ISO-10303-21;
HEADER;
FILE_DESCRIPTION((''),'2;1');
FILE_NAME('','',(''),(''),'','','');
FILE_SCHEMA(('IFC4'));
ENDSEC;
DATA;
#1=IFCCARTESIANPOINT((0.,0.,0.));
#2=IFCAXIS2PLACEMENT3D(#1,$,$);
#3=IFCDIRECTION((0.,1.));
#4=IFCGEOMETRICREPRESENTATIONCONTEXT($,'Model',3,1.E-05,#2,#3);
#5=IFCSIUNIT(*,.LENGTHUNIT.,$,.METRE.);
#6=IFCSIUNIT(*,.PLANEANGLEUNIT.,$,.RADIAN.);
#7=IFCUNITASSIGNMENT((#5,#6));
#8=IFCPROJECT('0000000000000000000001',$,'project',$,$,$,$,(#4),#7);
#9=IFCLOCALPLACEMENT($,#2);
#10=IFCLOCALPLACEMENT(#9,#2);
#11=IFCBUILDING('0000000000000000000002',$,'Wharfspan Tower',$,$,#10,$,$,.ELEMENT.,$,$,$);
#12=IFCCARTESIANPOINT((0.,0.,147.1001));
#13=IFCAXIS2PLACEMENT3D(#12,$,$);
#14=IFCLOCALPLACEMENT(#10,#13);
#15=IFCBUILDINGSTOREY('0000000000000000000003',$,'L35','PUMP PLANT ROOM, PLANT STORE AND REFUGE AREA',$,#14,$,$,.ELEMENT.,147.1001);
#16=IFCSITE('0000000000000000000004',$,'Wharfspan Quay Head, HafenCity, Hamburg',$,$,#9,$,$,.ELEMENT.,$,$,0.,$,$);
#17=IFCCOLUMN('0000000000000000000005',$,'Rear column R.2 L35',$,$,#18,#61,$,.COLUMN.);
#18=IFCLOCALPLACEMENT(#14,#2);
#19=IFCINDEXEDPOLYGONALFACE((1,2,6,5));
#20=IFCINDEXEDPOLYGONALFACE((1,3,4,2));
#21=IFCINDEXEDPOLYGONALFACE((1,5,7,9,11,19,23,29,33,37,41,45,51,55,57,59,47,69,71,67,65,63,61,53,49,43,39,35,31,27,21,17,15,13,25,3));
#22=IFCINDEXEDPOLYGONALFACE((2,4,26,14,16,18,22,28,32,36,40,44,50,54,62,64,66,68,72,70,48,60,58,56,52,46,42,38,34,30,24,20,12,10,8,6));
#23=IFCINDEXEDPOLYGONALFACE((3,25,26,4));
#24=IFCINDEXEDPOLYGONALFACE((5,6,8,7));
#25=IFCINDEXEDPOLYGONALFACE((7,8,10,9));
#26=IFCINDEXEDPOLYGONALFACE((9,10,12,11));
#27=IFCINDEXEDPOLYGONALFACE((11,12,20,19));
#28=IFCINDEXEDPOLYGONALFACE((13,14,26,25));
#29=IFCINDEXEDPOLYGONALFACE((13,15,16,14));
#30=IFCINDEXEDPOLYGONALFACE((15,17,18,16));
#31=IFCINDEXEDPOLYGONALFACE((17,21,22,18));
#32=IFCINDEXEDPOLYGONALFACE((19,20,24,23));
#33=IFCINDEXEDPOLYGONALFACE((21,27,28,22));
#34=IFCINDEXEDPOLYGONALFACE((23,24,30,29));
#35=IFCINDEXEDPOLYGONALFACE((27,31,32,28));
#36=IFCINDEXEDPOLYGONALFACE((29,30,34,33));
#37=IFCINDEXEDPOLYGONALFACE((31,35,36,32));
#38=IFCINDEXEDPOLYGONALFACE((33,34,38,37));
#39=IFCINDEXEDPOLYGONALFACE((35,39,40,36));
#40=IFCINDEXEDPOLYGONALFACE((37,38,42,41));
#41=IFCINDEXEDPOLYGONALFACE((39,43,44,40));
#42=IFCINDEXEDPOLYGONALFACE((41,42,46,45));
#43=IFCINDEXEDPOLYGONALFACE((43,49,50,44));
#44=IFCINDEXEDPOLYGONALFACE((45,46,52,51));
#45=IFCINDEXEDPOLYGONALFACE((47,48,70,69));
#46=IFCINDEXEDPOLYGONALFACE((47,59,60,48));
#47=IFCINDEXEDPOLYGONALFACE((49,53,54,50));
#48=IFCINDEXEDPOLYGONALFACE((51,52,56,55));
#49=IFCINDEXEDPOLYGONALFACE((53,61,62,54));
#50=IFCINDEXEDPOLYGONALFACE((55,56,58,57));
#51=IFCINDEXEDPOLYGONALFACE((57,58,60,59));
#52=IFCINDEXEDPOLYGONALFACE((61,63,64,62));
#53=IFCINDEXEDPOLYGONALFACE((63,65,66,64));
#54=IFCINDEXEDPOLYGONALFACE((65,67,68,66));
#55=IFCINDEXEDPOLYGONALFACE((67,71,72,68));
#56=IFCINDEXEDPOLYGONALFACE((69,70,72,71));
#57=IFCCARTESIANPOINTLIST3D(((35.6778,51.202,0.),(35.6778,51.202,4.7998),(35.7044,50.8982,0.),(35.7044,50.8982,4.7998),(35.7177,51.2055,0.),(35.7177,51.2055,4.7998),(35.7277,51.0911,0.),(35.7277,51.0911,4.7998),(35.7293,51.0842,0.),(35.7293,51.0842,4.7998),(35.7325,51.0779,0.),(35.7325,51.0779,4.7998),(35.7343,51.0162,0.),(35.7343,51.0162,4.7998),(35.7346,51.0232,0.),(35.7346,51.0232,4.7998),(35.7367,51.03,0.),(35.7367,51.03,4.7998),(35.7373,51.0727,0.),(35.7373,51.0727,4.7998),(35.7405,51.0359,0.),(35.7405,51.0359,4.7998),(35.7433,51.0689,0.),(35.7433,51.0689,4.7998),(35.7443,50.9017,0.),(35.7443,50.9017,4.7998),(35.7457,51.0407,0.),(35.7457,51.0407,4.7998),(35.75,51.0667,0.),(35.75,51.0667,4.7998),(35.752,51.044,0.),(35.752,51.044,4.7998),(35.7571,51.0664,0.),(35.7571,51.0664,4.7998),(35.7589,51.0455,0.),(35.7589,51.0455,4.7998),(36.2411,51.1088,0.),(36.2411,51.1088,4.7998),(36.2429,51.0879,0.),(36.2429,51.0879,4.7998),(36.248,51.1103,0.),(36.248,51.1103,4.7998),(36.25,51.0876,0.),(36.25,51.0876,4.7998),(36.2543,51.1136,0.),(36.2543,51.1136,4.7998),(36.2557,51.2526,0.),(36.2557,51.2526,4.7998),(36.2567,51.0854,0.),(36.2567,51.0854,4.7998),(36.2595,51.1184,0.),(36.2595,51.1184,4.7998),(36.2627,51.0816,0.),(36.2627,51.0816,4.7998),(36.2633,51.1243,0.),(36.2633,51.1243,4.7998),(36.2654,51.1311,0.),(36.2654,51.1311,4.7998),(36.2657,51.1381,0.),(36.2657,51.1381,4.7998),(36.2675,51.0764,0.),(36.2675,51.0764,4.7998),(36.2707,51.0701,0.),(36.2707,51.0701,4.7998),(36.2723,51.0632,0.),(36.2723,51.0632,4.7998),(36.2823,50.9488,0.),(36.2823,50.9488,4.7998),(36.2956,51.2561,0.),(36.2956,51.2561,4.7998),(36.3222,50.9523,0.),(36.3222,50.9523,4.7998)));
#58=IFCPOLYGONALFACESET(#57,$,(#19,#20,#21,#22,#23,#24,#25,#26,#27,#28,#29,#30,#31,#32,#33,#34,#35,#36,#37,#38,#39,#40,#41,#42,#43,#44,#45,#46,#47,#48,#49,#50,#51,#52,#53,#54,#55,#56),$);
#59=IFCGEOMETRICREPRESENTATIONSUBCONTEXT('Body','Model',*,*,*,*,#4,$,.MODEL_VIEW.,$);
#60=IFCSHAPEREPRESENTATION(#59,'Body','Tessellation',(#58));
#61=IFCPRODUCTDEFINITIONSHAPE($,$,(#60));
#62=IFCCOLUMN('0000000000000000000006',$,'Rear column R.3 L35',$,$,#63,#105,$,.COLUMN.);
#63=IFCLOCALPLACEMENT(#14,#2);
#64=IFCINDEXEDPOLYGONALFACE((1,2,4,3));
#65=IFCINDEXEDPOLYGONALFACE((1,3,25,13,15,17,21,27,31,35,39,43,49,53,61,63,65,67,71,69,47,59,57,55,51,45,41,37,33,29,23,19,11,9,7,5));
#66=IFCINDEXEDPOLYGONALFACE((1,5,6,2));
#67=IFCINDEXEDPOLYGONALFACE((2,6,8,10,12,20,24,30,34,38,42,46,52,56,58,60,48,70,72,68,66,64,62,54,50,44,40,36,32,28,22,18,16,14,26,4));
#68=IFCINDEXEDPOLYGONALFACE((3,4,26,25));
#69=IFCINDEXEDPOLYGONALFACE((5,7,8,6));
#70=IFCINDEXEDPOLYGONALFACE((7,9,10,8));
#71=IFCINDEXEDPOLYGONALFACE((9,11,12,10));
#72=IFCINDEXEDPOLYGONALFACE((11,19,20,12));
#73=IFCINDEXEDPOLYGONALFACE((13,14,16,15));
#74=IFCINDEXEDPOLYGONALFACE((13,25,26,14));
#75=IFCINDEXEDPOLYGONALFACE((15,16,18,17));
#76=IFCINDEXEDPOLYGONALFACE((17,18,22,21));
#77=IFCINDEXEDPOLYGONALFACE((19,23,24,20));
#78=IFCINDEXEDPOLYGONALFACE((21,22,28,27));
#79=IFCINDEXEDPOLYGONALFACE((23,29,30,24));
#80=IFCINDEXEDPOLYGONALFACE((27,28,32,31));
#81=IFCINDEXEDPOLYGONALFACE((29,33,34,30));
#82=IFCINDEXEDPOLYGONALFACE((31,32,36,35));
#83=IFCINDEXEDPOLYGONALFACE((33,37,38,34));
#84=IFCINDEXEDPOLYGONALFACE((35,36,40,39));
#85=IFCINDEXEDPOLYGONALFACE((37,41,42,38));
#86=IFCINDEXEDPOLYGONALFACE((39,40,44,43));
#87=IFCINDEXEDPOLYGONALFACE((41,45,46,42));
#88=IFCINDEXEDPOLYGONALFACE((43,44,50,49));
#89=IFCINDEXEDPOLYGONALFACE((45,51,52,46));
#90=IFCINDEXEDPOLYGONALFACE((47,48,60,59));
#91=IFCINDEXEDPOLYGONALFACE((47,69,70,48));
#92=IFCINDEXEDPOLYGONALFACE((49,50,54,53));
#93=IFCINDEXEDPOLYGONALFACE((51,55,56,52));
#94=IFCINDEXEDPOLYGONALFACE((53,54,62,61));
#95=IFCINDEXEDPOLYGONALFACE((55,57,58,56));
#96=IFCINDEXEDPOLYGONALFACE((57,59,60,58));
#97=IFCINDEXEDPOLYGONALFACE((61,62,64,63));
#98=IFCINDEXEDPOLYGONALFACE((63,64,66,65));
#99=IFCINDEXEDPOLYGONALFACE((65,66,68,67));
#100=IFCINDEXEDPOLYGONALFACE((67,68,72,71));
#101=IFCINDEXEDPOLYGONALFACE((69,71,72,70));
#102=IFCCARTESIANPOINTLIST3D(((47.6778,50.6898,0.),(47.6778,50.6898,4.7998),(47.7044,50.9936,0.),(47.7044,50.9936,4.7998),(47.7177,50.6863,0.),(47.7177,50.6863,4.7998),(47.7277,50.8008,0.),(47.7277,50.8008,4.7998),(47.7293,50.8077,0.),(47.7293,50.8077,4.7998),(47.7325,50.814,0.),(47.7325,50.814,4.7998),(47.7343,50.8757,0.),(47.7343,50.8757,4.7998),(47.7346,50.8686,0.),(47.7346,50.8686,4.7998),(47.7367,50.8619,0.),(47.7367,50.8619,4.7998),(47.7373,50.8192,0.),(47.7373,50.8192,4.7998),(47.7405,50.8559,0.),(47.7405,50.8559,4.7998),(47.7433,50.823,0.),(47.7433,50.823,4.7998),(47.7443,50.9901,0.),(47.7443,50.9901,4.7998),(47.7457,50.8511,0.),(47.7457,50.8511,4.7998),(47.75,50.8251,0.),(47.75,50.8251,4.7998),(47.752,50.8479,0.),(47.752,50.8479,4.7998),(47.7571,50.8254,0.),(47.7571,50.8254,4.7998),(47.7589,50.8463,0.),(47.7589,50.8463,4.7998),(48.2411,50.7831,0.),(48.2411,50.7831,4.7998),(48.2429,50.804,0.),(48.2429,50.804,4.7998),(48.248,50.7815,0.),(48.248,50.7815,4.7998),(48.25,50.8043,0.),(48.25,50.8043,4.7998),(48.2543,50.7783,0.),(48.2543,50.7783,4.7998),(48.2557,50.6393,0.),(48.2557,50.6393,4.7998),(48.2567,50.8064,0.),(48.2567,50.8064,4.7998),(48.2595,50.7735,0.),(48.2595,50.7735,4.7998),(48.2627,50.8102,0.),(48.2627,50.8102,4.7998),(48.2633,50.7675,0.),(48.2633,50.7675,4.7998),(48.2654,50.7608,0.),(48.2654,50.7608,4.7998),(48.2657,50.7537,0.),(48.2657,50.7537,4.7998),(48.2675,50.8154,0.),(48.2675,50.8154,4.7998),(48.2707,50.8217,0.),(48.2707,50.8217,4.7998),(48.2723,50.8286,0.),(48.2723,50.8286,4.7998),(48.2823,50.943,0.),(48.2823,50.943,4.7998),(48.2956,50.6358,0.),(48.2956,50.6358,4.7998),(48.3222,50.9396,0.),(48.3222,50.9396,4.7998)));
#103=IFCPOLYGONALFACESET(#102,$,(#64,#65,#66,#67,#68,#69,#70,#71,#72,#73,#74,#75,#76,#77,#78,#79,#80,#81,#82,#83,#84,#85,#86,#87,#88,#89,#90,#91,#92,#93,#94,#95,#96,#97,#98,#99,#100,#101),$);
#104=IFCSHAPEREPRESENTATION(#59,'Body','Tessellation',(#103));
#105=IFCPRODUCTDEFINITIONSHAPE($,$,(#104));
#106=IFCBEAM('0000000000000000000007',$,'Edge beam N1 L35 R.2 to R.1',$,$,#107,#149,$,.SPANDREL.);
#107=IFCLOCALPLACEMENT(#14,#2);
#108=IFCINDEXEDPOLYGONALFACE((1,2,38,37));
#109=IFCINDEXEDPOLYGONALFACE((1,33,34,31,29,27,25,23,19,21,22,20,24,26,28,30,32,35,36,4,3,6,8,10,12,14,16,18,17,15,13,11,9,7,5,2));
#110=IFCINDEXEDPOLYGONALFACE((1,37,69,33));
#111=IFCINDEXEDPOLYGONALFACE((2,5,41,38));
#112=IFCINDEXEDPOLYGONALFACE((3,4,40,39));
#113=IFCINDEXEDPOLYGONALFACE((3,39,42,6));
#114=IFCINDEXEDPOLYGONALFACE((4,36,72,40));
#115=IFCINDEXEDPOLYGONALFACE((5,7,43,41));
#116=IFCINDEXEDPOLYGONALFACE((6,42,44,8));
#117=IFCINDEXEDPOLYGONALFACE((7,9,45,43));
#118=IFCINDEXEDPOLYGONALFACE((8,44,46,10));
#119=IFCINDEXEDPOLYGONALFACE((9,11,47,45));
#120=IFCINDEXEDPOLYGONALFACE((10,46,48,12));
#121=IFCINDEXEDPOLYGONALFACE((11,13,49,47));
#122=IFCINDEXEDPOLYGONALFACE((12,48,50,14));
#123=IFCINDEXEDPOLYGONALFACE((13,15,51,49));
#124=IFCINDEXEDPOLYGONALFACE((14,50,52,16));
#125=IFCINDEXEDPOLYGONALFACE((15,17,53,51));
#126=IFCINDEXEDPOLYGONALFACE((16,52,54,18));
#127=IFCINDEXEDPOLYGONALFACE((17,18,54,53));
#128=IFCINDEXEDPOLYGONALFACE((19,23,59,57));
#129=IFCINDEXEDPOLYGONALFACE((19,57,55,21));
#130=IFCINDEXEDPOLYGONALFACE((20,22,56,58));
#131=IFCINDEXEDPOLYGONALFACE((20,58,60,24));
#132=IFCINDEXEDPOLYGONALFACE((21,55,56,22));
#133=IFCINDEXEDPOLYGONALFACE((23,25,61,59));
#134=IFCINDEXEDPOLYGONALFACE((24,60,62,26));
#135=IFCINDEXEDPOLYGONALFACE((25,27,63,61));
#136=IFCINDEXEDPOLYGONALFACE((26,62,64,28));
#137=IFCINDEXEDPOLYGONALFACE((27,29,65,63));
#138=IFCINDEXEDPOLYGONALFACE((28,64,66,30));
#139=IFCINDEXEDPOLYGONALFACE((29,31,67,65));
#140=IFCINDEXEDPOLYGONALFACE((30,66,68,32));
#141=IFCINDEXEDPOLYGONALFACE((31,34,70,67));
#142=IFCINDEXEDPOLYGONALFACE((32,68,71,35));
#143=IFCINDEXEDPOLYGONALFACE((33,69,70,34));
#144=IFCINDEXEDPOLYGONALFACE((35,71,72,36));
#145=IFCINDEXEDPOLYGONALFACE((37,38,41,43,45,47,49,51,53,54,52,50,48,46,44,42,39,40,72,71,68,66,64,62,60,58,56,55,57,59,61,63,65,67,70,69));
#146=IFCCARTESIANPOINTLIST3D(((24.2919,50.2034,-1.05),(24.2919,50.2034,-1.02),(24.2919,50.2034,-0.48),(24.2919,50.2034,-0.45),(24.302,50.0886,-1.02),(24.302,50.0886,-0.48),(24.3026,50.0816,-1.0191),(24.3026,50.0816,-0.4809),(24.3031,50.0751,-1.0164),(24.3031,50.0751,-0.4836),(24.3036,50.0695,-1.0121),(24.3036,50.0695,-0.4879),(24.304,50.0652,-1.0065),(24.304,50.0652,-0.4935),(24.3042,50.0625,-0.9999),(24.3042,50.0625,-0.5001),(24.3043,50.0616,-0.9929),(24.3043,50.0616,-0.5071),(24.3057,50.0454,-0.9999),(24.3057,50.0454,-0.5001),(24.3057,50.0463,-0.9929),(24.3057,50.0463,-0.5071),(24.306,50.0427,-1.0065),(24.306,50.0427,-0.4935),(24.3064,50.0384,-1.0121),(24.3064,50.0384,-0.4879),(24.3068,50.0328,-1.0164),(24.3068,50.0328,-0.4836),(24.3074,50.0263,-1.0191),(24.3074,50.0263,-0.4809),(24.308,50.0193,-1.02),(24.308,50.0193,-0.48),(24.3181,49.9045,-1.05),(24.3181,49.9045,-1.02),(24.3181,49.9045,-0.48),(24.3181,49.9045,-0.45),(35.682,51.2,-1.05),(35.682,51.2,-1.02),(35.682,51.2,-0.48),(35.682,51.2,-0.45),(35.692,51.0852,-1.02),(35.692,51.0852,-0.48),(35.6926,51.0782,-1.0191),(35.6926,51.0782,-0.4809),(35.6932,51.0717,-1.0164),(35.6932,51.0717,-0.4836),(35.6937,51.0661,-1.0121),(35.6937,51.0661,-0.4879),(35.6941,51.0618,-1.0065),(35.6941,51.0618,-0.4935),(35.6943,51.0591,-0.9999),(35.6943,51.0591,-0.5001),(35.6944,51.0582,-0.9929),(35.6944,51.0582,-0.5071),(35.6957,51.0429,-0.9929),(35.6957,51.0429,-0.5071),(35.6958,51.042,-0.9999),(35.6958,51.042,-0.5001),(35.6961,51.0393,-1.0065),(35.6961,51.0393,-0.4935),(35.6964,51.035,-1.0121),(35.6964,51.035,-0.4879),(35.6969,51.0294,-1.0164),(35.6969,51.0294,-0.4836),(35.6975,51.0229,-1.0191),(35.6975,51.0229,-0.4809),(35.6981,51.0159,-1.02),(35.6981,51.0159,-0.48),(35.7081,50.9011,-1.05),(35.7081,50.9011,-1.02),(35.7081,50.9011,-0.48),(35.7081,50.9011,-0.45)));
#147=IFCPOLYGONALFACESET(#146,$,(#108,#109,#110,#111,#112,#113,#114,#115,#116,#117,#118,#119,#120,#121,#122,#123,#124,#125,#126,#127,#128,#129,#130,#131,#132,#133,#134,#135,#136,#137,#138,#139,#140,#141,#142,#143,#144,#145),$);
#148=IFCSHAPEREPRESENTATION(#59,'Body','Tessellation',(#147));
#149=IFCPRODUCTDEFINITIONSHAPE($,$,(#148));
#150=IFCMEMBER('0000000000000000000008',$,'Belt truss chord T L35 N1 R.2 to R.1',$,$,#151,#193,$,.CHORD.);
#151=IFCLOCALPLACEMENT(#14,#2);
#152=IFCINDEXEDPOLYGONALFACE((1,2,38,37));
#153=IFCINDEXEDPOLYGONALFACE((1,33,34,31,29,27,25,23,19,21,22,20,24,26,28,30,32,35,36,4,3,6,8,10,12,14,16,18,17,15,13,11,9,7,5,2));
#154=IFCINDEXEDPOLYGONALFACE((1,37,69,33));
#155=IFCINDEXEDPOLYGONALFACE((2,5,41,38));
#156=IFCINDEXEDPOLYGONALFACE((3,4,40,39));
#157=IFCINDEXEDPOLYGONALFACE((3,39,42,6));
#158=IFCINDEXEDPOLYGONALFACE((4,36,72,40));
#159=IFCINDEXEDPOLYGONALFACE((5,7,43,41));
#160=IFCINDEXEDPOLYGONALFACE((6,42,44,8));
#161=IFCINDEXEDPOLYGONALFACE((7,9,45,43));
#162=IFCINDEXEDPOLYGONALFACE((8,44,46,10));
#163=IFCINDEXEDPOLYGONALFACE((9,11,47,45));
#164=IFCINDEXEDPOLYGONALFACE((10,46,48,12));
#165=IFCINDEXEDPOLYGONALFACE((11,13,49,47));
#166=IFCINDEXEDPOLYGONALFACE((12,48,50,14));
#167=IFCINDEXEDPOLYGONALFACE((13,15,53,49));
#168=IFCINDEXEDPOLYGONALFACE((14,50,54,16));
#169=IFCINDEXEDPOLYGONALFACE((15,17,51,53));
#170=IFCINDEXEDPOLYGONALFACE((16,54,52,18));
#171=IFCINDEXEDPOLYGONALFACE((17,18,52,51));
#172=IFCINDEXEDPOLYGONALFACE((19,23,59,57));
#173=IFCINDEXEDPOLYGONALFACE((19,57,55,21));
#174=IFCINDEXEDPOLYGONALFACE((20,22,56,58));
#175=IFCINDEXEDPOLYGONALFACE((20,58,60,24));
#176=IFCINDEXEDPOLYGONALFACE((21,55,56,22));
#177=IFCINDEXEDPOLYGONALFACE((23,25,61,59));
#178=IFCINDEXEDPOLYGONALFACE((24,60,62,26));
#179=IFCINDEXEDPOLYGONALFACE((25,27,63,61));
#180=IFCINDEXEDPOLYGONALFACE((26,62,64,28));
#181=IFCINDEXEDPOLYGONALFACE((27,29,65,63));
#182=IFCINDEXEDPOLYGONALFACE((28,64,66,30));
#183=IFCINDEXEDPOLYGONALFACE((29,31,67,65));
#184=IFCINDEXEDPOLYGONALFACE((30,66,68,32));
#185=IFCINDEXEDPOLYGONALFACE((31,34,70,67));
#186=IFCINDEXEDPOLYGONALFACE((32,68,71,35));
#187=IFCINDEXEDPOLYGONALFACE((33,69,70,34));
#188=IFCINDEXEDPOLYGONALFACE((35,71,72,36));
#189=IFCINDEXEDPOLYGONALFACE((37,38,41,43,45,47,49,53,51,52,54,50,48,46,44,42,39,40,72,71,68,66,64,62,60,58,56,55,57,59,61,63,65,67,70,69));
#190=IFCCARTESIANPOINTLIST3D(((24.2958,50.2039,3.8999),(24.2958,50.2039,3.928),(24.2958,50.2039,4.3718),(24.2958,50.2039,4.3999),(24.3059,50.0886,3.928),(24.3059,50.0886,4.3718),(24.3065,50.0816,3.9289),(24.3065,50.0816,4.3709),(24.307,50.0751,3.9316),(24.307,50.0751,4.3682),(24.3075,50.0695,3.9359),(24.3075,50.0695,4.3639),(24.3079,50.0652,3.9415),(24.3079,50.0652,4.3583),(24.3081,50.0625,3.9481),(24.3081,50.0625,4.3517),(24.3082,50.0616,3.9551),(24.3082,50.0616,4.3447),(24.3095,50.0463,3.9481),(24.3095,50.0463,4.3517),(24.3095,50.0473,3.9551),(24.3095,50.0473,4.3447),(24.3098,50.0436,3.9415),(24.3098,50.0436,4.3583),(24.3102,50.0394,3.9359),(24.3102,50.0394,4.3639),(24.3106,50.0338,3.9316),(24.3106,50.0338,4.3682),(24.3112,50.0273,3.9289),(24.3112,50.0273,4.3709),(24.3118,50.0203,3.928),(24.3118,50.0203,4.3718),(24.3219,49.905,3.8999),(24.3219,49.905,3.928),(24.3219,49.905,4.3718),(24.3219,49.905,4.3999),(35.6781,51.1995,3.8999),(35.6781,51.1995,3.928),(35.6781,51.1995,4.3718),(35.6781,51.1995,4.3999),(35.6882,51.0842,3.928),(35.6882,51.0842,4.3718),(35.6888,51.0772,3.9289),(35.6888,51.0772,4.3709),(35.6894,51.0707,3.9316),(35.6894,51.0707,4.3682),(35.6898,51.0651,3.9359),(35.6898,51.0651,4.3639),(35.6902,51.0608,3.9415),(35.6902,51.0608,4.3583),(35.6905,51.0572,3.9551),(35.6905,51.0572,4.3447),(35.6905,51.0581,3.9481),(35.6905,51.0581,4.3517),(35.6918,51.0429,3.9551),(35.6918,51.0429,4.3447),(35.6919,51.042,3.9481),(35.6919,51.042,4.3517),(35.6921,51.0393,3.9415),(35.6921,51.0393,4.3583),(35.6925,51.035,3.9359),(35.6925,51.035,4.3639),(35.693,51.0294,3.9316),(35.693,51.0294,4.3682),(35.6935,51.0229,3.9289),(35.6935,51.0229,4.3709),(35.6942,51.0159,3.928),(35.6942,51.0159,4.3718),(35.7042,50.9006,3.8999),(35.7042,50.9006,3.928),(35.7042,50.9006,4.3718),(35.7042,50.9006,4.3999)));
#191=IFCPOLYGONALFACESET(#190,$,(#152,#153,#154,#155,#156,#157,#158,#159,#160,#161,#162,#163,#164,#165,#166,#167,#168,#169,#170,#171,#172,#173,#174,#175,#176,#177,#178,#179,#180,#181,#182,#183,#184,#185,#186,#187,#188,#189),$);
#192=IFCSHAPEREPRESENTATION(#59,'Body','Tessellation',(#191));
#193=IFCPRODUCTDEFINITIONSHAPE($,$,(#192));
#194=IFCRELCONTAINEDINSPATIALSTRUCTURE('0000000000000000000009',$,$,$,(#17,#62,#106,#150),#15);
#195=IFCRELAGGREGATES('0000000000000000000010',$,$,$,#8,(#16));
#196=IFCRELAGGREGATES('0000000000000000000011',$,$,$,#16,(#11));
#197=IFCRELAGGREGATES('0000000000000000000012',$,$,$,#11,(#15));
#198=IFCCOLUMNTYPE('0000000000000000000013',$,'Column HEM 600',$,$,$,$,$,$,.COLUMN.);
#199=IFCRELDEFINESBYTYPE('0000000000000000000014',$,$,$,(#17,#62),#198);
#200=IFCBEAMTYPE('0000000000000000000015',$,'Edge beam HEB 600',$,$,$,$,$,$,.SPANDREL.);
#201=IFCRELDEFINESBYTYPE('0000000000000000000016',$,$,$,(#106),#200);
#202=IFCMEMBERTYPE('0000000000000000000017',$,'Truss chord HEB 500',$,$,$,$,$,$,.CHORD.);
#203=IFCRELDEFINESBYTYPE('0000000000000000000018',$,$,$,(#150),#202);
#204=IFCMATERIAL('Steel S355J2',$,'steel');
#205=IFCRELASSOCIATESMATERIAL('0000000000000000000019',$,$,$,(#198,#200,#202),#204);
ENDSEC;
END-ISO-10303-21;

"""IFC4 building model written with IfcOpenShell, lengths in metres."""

from ifc_helpers import new_model, si_unit, direction, frame, origin, origin_2d, place, context, subcontext, project, spatial, i_section, extrude, material, material_profile, profile_set, type_object, element, save


model = new_model("IFC4")

# Units and contexts
model_context = context("Model", 3, precision=1e-05, world=origin(), true_north=direction((0.0, 1.0)))
body_context = subcontext(model_context, "Body", "Model", "MODEL_VIEW")
ifc_project = project(units=[si_unit("LENGTHUNIT", "METRE"), si_unit("PLANEANGLEUNIT", "RADIAN")], contexts=[model_context])

# Site, building, storey
site_placement = place(None, origin())
site = spatial("IfcSite", under=ifc_project, at=site_placement, Name="Wharfspan Quay Head, HafenCity, Hamburg", CompositionType="ELEMENT", RefElevation=0.0)
building_placement = place(site_placement, origin())
building = spatial("IfcBuilding", under=site, at=building_placement, Name="Wharfspan Tower", CompositionType="ELEMENT")
storey_placement = place(building_placement, frame((0.0, 0.0, 147.1001)))
storey = spatial("IfcBuildingStorey", under=building, at=storey_placement, Name="L35", Description="PUMP PLANT ROOM, PLANT STORE AND REFUGE AREA", CompositionType="ELEMENT", Elevation=147.1001)

# Columns
ifc_material_1 = material(Name="Steel S355J2", Category="steel")
ifc_material_profile_1 = material_profile(ifc_material_1, i_section(OverallWidth=0.3049, OverallDepth=0.6201, WebThickness=0.021, FlangeThickness=0.04, FilletRadius=0.0271, at=origin_2d()))
ifc_profile_set_1 = profile_set([ifc_material_profile_1], Name="Steel S355J2")
column_type = type_object("IfcColumnType", Name="Column HEM 600", PredefinedType="COLUMN", material=ifc_profile_set_1)
for number, where, z_axis, x_axis, name in (
    (1, (36.0, 51.0771, 0.0), (0.0, 0.0, 1.0), (-0.087156, 0.996198, 0.0), "Rear column R.2 L35"),
    (2, (48.0, 50.8147, 0.0), (0.0, 0.0, 1.0), (0.087156, 0.996198, 0.0), "Rear column R.3 L35"),
):
    element("IfcColumn", number, at=place(storey_placement, frame(where, z_axis=z_axis, x_axis=x_axis)), inside=storey, type_object=column_type, Name=name, PredefinedType="COLUMN", context=body_context, shape_type="SweptSolid", body=[
        extrude(i_section(OverallWidth=0.3049, OverallDepth=0.6201, WebThickness=0.021, FlangeThickness=0.04, FilletRadius=0.0271, at=origin_2d()), origin(), (0.0, 0.0, 1.0), 4.7998),
    ])

# Beam
ifc_material_profile_2 = material_profile(ifc_material_1, i_section(OverallWidth=0.3, OverallDepth=0.6001, WebThickness=0.0154, FlangeThickness=0.03, FilletRadius=0.0271, at=origin_2d()))
ifc_profile_set_2 = profile_set([ifc_material_profile_2], Name="Steel S355J2")
beam_type = type_object("IfcBeamType", Name="Edge beam HEB 600", PredefinedType="SPANDREL", material=ifc_profile_set_2)
beam_placement = place(storey_placement, frame((35.6951, 51.0505, -0.75), z_axis=(-0.996194, -0.087162, 0.0), x_axis=(0.087162, -0.996194, 0.0)))
element("IfcBeam", 3, at=beam_placement, inside=storey, type_object=beam_type, Name="Edge beam N1 L35 R.2 to R.1", PredefinedType="SPANDREL", context=body_context, shape_type="SweptSolid", body=[
    extrude(i_section(OverallWidth=0.3, OverallDepth=0.6001, WebThickness=0.0154, FlangeThickness=0.03, FilletRadius=0.0271, at=origin_2d()), origin(), (0.0, 0.0, 1.0), 11.4336),
])

# Member
ifc_material_profile_3 = material_profile(ifc_material_1, i_section(OverallWidth=0.3, OverallDepth=0.5, WebThickness=0.0144, FlangeThickness=0.0281, FilletRadius=0.0271, at=origin_2d()))
ifc_profile_set_3 = profile_set([ifc_material_profile_3], Name="Steel S355J2")
member_type = type_object("IfcMemberType", Name="Truss chord HEB 500", PredefinedType="CHORD", material=ifc_profile_set_3)
for number, where, z_axis, x_axis, name in (
    (4, (35.6912, 51.05, 4.1499), (-0.996196, -0.087137, 0.0), (0.087137, -0.996196, 0.0), "Belt truss chord T L35 N1 R.2 to R.1"),
):
    element("IfcMember", number, at=place(storey_placement, frame(where, z_axis=z_axis, x_axis=x_axis)), inside=storey, type_object=member_type, Name=name, PredefinedType="CHORD", context=body_context, shape_type="SweptSolid", body=[
        extrude(i_section(OverallWidth=0.3, OverallDepth=0.5, WebThickness=0.0144, FlangeThickness=0.0281, FilletRadius=0.0271, at=origin_2d()), origin(), (0.0, 0.0, 1.0), 11.4258),
    ])

save(model, "model.ifc")
